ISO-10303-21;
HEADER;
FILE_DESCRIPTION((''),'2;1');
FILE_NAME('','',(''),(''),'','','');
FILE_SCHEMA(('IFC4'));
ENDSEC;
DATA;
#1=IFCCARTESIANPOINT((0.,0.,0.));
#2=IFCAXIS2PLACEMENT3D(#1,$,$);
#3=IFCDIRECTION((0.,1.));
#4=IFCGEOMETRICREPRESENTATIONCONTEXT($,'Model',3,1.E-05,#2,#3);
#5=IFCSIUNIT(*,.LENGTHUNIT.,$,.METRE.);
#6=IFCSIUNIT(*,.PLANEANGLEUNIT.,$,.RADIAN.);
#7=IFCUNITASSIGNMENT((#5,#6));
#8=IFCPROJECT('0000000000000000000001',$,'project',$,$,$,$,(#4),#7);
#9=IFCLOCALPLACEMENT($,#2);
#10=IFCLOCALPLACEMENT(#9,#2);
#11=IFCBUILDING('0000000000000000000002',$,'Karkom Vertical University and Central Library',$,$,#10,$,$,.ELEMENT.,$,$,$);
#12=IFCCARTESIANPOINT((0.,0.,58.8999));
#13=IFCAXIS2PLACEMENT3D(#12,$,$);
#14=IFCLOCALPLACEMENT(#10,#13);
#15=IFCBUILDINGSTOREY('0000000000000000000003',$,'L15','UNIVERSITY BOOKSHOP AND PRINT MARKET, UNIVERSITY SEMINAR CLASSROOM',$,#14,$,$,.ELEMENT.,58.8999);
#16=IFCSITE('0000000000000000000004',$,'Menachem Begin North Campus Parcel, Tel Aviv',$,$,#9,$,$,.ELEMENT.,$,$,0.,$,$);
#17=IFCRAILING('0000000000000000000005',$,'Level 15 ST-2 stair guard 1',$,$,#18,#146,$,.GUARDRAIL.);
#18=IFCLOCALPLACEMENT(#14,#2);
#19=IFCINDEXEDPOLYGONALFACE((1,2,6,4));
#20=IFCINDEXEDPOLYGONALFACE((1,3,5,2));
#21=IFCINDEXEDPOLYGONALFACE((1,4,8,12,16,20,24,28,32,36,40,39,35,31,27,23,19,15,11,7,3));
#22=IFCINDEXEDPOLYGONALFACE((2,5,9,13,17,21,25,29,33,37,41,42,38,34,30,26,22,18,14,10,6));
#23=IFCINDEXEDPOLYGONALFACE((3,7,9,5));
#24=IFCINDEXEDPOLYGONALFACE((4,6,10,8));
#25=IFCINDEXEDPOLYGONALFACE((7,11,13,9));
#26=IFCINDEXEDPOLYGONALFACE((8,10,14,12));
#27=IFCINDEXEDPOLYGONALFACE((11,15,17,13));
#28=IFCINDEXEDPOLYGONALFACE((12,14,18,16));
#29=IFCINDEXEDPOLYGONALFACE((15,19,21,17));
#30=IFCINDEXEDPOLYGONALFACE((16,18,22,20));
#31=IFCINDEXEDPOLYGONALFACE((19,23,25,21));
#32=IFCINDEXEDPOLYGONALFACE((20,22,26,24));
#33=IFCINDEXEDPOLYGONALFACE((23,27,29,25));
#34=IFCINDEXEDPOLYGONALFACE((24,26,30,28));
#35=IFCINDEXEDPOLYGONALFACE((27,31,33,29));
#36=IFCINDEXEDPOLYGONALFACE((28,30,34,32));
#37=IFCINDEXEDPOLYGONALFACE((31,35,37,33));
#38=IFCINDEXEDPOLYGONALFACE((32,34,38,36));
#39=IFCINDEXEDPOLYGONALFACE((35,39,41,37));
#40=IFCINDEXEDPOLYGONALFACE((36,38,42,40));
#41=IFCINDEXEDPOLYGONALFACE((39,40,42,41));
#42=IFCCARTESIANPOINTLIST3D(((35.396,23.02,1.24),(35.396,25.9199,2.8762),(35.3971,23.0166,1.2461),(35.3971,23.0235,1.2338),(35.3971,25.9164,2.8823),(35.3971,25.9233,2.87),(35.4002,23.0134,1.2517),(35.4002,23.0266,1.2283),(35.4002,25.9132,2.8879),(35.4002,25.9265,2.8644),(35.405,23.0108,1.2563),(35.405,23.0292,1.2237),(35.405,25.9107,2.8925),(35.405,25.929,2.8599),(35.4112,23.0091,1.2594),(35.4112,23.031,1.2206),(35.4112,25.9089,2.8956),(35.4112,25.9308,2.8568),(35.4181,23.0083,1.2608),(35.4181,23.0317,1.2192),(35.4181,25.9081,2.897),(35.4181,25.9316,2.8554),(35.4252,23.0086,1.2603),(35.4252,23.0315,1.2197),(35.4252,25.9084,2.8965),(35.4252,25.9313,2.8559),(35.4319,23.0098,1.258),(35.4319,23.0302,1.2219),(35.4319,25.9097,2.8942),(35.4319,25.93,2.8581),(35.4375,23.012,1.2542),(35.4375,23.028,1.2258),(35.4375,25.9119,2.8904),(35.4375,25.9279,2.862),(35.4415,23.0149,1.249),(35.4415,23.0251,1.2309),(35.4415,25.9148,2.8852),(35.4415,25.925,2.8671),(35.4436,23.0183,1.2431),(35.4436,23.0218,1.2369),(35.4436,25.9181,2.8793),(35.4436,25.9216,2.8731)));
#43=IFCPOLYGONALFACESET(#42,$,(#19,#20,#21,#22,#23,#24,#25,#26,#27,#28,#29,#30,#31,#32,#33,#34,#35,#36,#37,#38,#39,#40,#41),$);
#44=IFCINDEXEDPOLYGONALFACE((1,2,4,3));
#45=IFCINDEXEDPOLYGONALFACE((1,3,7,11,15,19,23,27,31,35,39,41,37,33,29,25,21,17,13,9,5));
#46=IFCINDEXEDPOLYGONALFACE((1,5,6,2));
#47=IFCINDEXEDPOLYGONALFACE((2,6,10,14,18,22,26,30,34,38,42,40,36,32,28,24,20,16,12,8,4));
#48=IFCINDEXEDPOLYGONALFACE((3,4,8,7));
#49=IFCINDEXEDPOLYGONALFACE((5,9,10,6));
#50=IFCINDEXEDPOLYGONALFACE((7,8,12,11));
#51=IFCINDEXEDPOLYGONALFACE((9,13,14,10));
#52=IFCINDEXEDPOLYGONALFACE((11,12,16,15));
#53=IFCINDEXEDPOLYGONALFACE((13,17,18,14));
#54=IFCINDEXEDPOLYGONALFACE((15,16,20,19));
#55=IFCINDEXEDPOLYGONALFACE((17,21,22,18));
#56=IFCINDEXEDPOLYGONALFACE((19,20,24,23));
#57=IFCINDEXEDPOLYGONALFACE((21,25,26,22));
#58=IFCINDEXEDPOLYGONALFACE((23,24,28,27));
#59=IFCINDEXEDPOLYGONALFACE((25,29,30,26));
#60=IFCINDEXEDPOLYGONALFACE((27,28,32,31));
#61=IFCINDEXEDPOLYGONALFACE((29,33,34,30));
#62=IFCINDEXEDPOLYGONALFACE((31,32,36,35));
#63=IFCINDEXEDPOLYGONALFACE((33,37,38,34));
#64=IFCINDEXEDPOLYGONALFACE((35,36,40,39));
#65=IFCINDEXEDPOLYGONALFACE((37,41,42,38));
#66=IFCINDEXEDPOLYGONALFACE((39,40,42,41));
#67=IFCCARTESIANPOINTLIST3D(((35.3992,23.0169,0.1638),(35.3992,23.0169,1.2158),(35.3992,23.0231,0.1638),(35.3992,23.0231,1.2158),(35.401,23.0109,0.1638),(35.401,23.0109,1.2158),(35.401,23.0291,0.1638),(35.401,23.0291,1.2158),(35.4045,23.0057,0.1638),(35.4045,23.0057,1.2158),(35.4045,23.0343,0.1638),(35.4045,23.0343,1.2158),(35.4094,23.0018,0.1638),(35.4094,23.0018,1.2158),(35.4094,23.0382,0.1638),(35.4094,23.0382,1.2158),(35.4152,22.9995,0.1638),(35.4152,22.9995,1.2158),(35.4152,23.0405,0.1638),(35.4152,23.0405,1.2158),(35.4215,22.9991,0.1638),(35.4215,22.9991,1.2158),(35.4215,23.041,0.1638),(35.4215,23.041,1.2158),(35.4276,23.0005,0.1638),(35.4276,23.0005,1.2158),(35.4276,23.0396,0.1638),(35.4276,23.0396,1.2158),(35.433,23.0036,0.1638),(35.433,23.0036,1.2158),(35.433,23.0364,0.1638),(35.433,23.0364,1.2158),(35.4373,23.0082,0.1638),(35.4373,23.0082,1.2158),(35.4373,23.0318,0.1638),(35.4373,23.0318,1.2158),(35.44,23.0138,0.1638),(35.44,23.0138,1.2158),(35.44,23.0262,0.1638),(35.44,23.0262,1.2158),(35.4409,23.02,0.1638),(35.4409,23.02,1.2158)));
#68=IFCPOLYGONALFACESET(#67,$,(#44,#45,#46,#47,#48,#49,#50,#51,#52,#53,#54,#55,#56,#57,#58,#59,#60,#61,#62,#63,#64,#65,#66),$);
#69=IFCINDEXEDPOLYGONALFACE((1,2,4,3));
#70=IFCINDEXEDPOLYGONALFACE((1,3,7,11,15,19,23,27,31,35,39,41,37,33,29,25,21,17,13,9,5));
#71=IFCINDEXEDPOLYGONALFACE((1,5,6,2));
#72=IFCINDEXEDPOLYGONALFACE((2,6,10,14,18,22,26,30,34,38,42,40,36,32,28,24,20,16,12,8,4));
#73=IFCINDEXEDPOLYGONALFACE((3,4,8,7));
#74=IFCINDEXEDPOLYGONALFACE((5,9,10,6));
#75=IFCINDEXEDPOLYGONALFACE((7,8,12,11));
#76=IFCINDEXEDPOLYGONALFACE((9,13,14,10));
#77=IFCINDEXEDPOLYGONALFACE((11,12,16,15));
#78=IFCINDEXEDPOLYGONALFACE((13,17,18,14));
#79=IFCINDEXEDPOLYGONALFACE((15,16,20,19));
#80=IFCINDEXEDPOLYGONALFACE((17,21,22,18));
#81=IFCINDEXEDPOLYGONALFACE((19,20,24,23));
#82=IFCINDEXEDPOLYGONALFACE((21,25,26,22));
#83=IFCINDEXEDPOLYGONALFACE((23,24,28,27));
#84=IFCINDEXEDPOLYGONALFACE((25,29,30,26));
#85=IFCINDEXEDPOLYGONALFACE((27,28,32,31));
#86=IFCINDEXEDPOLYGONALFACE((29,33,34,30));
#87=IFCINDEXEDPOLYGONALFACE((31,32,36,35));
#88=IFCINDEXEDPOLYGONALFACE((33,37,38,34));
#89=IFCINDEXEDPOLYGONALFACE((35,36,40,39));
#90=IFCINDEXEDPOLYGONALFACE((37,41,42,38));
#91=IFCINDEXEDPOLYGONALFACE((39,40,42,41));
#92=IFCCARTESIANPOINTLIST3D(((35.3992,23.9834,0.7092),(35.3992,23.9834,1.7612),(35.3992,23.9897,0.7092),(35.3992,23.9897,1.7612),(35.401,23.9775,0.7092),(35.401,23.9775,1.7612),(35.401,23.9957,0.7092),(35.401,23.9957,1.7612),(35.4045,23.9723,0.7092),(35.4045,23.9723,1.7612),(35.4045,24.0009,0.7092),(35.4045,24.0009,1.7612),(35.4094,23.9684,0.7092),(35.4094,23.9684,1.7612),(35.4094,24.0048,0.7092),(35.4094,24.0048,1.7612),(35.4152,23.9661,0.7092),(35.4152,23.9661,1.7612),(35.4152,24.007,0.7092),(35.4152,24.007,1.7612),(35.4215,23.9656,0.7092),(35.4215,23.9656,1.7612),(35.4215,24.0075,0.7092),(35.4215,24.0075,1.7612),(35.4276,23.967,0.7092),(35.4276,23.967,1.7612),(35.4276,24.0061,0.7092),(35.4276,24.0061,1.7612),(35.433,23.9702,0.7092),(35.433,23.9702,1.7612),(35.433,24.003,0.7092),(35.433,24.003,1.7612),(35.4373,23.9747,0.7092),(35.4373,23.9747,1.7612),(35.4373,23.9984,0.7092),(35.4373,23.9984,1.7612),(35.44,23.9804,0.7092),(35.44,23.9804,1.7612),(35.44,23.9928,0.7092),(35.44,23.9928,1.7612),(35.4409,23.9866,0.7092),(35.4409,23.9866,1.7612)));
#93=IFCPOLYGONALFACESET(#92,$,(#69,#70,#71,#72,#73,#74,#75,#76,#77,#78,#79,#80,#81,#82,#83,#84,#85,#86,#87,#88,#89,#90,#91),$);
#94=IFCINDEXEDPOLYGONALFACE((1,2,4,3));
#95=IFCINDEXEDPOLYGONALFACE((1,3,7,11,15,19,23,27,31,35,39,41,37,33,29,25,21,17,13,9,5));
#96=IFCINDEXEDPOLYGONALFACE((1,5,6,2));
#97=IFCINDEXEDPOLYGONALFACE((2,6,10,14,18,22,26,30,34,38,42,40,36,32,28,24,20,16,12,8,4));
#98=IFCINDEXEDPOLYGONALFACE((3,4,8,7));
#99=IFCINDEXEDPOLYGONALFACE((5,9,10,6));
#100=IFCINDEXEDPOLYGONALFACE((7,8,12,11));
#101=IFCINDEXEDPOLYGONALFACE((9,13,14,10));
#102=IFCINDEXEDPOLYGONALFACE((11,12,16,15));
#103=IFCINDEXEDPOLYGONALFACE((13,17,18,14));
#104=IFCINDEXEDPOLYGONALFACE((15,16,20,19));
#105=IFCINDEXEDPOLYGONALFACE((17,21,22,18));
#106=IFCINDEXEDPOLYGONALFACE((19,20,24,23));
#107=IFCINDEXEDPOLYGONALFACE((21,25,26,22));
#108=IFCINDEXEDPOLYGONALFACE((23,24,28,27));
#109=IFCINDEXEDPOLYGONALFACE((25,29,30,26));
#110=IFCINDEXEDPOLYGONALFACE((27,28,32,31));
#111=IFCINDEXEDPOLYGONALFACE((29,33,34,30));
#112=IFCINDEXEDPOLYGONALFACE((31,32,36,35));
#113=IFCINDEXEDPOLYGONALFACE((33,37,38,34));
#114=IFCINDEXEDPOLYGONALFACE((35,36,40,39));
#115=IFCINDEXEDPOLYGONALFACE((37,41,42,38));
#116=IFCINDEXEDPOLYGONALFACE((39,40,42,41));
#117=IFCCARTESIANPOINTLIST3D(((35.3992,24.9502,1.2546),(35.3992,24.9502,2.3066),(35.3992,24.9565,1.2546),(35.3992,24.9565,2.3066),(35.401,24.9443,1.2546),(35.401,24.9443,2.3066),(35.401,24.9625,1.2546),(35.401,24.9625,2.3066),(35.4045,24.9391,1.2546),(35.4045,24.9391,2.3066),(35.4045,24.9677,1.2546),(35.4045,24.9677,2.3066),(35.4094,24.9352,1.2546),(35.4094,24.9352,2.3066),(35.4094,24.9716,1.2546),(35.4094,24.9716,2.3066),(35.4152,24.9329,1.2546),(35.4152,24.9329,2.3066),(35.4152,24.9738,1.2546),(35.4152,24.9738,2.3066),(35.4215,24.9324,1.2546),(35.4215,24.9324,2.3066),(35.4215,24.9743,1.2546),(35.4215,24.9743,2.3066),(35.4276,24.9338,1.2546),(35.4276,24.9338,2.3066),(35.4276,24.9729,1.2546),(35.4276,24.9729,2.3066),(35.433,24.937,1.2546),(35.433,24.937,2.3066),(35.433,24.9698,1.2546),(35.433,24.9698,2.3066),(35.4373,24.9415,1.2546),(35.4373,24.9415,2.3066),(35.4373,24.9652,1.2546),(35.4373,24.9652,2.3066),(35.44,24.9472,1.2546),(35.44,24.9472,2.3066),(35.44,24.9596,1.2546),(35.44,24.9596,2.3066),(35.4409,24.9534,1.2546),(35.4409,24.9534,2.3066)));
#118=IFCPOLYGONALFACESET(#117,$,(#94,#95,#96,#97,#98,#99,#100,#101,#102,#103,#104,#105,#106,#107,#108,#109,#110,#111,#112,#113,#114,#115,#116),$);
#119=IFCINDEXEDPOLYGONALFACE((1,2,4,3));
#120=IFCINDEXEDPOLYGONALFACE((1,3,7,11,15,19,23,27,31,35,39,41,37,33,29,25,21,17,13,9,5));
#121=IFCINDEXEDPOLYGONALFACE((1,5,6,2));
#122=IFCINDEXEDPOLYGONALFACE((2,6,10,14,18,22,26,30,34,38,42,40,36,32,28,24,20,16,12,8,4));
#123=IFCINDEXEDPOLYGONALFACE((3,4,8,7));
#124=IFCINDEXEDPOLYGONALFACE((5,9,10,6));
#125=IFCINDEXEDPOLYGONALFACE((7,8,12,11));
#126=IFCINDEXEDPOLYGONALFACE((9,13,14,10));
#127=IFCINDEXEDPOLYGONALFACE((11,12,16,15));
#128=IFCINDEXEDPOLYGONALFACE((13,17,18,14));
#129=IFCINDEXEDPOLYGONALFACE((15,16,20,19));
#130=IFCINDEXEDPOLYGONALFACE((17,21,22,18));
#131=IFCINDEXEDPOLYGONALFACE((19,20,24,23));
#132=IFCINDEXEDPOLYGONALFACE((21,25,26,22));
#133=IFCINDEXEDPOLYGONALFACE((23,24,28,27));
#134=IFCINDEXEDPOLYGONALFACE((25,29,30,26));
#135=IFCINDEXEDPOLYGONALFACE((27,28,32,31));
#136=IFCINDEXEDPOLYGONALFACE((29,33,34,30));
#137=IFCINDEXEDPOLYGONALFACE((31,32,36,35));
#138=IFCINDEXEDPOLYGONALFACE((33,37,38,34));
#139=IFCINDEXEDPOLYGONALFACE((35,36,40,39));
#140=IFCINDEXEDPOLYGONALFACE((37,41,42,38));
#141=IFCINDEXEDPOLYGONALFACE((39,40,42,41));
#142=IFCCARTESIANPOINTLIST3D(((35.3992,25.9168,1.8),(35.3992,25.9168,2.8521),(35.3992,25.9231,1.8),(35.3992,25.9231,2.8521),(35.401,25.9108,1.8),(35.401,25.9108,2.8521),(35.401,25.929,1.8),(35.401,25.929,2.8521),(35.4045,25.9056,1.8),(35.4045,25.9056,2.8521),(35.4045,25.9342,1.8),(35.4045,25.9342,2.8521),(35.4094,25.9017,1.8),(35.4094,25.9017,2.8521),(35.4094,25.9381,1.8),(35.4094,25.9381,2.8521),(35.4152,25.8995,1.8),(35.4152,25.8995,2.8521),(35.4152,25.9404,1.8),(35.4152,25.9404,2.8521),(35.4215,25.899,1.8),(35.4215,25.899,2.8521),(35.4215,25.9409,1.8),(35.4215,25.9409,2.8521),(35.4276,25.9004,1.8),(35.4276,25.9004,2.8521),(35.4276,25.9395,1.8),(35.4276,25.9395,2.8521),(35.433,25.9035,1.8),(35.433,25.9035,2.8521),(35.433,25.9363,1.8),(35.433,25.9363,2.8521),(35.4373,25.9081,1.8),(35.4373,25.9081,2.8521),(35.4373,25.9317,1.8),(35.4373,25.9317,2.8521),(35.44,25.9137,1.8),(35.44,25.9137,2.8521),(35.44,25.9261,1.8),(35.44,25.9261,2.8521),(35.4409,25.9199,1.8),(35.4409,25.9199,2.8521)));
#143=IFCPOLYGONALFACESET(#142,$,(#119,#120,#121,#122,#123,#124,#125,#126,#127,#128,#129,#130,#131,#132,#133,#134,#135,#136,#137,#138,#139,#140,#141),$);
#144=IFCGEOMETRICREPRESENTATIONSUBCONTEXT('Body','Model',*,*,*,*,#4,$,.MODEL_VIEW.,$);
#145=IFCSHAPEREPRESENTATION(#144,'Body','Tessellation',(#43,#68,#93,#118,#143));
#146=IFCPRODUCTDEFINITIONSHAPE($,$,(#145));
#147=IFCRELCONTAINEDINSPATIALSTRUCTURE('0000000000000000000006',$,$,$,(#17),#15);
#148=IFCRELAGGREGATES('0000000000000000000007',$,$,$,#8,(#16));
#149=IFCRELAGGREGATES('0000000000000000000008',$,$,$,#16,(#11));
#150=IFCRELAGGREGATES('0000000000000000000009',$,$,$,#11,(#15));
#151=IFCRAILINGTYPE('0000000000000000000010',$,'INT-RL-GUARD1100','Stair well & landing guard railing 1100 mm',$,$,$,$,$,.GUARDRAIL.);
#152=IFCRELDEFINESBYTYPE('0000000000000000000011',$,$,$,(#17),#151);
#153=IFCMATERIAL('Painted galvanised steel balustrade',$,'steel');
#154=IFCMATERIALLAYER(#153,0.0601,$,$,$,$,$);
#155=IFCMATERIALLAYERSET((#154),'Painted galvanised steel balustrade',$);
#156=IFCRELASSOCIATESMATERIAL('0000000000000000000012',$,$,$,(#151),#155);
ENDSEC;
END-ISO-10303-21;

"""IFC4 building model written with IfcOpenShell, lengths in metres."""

from ifc_helpers import new_model, si_unit, direction, frame, origin, origin_2d, place, context, subcontext, project, spatial, circle, extrude, material, layer, layer_set, type_object, element, save


model = new_model("IFC4")

# Units and contexts
model_context = context("Model", 3, precision=1e-05, world=origin(), true_north=direction((0.0, 1.0)))
body_context = subcontext(model_context, "Body", "Model", "MODEL_VIEW")
ifc_project = project(units=[si_unit("LENGTHUNIT", "METRE"), si_unit("PLANEANGLEUNIT", "RADIAN")], contexts=[model_context])

# Site, building, storey
site_placement = place(None, origin())
site = spatial("IfcSite", under=ifc_project, at=site_placement, Name="Menachem Begin North Campus Parcel, Tel Aviv", CompositionType="ELEMENT", RefElevation=0.0)
building_placement = place(site_placement, origin())
building = spatial("IfcBuilding", under=site, at=building_placement, Name="Karkom Vertical University and Central Library", CompositionType="ELEMENT")
storey_placement = place(building_placement, frame((0.0, 0.0, 58.8999)))
storey = spatial("IfcBuildingStorey", under=building, at=storey_placement, Name="L15", Description="UNIVERSITY BOOKSHOP AND PRINT MARKET, UNIVERSITY SEMINAR CLASSROOM", CompositionType="ELEMENT", Elevation=58.8999)

# Railing
ifc_material_1 = material(Name="Painted galvanised steel balustrade", Category="steel")
ifc_layer_1 = layer(ifc_material_1, 0.0601)
ifc_layer_set_1 = layer_set([ifc_layer_1], Name="Painted galvanised steel balustrade")
railing_type_1 = type_object("IfcRailingType", Name="INT-RL-GUARD1100", Description="Stair well & landing guard railing 1100 mm", PredefinedType="GUARDRAIL", material=ifc_layer_set_1)
railing_1_placement = place(storey_placement, frame((35.4199, 23.02, 0.1638)))
element("IfcRailing", 1, at=railing_1_placement, inside=storey, type_object=railing_type_1, Name="Level 15 ST-2 stair guard 1", PredefinedType="GUARDRAIL", context=body_context, shape_type="SweptSolid", body=[
    extrude(circle(Radius=0.0239, at=origin_2d()), frame((0.0, 0.0, 1.0762), z_axis=(0.0, 0.870929, 0.49141), x_axis=(-1.0, 0.0, 0.0)), (0.0, 0.0, 1.0), 3.3296),
    extrude(circle(Radius=0.021, at=origin_2d()), origin(), (0.0, 0.0, 1.0), 1.052),
    extrude(circle(Radius=0.021, at=origin_2d()), frame((0.0, 0.9666, 0.5454)), (0.0, 0.0, 1.0), 1.052),
    extrude(circle(Radius=0.021, at=origin_2d()), frame((0.0, 1.9333, 1.0908)), (0.0, 0.0, 1.0), 1.052),
    extrude(circle(Radius=0.021, at=origin_2d()), frame((0.0, 2.8999, 1.6362)), (0.0, 0.0, 1.0), 1.052),
])

save(model, "model.ifc")
